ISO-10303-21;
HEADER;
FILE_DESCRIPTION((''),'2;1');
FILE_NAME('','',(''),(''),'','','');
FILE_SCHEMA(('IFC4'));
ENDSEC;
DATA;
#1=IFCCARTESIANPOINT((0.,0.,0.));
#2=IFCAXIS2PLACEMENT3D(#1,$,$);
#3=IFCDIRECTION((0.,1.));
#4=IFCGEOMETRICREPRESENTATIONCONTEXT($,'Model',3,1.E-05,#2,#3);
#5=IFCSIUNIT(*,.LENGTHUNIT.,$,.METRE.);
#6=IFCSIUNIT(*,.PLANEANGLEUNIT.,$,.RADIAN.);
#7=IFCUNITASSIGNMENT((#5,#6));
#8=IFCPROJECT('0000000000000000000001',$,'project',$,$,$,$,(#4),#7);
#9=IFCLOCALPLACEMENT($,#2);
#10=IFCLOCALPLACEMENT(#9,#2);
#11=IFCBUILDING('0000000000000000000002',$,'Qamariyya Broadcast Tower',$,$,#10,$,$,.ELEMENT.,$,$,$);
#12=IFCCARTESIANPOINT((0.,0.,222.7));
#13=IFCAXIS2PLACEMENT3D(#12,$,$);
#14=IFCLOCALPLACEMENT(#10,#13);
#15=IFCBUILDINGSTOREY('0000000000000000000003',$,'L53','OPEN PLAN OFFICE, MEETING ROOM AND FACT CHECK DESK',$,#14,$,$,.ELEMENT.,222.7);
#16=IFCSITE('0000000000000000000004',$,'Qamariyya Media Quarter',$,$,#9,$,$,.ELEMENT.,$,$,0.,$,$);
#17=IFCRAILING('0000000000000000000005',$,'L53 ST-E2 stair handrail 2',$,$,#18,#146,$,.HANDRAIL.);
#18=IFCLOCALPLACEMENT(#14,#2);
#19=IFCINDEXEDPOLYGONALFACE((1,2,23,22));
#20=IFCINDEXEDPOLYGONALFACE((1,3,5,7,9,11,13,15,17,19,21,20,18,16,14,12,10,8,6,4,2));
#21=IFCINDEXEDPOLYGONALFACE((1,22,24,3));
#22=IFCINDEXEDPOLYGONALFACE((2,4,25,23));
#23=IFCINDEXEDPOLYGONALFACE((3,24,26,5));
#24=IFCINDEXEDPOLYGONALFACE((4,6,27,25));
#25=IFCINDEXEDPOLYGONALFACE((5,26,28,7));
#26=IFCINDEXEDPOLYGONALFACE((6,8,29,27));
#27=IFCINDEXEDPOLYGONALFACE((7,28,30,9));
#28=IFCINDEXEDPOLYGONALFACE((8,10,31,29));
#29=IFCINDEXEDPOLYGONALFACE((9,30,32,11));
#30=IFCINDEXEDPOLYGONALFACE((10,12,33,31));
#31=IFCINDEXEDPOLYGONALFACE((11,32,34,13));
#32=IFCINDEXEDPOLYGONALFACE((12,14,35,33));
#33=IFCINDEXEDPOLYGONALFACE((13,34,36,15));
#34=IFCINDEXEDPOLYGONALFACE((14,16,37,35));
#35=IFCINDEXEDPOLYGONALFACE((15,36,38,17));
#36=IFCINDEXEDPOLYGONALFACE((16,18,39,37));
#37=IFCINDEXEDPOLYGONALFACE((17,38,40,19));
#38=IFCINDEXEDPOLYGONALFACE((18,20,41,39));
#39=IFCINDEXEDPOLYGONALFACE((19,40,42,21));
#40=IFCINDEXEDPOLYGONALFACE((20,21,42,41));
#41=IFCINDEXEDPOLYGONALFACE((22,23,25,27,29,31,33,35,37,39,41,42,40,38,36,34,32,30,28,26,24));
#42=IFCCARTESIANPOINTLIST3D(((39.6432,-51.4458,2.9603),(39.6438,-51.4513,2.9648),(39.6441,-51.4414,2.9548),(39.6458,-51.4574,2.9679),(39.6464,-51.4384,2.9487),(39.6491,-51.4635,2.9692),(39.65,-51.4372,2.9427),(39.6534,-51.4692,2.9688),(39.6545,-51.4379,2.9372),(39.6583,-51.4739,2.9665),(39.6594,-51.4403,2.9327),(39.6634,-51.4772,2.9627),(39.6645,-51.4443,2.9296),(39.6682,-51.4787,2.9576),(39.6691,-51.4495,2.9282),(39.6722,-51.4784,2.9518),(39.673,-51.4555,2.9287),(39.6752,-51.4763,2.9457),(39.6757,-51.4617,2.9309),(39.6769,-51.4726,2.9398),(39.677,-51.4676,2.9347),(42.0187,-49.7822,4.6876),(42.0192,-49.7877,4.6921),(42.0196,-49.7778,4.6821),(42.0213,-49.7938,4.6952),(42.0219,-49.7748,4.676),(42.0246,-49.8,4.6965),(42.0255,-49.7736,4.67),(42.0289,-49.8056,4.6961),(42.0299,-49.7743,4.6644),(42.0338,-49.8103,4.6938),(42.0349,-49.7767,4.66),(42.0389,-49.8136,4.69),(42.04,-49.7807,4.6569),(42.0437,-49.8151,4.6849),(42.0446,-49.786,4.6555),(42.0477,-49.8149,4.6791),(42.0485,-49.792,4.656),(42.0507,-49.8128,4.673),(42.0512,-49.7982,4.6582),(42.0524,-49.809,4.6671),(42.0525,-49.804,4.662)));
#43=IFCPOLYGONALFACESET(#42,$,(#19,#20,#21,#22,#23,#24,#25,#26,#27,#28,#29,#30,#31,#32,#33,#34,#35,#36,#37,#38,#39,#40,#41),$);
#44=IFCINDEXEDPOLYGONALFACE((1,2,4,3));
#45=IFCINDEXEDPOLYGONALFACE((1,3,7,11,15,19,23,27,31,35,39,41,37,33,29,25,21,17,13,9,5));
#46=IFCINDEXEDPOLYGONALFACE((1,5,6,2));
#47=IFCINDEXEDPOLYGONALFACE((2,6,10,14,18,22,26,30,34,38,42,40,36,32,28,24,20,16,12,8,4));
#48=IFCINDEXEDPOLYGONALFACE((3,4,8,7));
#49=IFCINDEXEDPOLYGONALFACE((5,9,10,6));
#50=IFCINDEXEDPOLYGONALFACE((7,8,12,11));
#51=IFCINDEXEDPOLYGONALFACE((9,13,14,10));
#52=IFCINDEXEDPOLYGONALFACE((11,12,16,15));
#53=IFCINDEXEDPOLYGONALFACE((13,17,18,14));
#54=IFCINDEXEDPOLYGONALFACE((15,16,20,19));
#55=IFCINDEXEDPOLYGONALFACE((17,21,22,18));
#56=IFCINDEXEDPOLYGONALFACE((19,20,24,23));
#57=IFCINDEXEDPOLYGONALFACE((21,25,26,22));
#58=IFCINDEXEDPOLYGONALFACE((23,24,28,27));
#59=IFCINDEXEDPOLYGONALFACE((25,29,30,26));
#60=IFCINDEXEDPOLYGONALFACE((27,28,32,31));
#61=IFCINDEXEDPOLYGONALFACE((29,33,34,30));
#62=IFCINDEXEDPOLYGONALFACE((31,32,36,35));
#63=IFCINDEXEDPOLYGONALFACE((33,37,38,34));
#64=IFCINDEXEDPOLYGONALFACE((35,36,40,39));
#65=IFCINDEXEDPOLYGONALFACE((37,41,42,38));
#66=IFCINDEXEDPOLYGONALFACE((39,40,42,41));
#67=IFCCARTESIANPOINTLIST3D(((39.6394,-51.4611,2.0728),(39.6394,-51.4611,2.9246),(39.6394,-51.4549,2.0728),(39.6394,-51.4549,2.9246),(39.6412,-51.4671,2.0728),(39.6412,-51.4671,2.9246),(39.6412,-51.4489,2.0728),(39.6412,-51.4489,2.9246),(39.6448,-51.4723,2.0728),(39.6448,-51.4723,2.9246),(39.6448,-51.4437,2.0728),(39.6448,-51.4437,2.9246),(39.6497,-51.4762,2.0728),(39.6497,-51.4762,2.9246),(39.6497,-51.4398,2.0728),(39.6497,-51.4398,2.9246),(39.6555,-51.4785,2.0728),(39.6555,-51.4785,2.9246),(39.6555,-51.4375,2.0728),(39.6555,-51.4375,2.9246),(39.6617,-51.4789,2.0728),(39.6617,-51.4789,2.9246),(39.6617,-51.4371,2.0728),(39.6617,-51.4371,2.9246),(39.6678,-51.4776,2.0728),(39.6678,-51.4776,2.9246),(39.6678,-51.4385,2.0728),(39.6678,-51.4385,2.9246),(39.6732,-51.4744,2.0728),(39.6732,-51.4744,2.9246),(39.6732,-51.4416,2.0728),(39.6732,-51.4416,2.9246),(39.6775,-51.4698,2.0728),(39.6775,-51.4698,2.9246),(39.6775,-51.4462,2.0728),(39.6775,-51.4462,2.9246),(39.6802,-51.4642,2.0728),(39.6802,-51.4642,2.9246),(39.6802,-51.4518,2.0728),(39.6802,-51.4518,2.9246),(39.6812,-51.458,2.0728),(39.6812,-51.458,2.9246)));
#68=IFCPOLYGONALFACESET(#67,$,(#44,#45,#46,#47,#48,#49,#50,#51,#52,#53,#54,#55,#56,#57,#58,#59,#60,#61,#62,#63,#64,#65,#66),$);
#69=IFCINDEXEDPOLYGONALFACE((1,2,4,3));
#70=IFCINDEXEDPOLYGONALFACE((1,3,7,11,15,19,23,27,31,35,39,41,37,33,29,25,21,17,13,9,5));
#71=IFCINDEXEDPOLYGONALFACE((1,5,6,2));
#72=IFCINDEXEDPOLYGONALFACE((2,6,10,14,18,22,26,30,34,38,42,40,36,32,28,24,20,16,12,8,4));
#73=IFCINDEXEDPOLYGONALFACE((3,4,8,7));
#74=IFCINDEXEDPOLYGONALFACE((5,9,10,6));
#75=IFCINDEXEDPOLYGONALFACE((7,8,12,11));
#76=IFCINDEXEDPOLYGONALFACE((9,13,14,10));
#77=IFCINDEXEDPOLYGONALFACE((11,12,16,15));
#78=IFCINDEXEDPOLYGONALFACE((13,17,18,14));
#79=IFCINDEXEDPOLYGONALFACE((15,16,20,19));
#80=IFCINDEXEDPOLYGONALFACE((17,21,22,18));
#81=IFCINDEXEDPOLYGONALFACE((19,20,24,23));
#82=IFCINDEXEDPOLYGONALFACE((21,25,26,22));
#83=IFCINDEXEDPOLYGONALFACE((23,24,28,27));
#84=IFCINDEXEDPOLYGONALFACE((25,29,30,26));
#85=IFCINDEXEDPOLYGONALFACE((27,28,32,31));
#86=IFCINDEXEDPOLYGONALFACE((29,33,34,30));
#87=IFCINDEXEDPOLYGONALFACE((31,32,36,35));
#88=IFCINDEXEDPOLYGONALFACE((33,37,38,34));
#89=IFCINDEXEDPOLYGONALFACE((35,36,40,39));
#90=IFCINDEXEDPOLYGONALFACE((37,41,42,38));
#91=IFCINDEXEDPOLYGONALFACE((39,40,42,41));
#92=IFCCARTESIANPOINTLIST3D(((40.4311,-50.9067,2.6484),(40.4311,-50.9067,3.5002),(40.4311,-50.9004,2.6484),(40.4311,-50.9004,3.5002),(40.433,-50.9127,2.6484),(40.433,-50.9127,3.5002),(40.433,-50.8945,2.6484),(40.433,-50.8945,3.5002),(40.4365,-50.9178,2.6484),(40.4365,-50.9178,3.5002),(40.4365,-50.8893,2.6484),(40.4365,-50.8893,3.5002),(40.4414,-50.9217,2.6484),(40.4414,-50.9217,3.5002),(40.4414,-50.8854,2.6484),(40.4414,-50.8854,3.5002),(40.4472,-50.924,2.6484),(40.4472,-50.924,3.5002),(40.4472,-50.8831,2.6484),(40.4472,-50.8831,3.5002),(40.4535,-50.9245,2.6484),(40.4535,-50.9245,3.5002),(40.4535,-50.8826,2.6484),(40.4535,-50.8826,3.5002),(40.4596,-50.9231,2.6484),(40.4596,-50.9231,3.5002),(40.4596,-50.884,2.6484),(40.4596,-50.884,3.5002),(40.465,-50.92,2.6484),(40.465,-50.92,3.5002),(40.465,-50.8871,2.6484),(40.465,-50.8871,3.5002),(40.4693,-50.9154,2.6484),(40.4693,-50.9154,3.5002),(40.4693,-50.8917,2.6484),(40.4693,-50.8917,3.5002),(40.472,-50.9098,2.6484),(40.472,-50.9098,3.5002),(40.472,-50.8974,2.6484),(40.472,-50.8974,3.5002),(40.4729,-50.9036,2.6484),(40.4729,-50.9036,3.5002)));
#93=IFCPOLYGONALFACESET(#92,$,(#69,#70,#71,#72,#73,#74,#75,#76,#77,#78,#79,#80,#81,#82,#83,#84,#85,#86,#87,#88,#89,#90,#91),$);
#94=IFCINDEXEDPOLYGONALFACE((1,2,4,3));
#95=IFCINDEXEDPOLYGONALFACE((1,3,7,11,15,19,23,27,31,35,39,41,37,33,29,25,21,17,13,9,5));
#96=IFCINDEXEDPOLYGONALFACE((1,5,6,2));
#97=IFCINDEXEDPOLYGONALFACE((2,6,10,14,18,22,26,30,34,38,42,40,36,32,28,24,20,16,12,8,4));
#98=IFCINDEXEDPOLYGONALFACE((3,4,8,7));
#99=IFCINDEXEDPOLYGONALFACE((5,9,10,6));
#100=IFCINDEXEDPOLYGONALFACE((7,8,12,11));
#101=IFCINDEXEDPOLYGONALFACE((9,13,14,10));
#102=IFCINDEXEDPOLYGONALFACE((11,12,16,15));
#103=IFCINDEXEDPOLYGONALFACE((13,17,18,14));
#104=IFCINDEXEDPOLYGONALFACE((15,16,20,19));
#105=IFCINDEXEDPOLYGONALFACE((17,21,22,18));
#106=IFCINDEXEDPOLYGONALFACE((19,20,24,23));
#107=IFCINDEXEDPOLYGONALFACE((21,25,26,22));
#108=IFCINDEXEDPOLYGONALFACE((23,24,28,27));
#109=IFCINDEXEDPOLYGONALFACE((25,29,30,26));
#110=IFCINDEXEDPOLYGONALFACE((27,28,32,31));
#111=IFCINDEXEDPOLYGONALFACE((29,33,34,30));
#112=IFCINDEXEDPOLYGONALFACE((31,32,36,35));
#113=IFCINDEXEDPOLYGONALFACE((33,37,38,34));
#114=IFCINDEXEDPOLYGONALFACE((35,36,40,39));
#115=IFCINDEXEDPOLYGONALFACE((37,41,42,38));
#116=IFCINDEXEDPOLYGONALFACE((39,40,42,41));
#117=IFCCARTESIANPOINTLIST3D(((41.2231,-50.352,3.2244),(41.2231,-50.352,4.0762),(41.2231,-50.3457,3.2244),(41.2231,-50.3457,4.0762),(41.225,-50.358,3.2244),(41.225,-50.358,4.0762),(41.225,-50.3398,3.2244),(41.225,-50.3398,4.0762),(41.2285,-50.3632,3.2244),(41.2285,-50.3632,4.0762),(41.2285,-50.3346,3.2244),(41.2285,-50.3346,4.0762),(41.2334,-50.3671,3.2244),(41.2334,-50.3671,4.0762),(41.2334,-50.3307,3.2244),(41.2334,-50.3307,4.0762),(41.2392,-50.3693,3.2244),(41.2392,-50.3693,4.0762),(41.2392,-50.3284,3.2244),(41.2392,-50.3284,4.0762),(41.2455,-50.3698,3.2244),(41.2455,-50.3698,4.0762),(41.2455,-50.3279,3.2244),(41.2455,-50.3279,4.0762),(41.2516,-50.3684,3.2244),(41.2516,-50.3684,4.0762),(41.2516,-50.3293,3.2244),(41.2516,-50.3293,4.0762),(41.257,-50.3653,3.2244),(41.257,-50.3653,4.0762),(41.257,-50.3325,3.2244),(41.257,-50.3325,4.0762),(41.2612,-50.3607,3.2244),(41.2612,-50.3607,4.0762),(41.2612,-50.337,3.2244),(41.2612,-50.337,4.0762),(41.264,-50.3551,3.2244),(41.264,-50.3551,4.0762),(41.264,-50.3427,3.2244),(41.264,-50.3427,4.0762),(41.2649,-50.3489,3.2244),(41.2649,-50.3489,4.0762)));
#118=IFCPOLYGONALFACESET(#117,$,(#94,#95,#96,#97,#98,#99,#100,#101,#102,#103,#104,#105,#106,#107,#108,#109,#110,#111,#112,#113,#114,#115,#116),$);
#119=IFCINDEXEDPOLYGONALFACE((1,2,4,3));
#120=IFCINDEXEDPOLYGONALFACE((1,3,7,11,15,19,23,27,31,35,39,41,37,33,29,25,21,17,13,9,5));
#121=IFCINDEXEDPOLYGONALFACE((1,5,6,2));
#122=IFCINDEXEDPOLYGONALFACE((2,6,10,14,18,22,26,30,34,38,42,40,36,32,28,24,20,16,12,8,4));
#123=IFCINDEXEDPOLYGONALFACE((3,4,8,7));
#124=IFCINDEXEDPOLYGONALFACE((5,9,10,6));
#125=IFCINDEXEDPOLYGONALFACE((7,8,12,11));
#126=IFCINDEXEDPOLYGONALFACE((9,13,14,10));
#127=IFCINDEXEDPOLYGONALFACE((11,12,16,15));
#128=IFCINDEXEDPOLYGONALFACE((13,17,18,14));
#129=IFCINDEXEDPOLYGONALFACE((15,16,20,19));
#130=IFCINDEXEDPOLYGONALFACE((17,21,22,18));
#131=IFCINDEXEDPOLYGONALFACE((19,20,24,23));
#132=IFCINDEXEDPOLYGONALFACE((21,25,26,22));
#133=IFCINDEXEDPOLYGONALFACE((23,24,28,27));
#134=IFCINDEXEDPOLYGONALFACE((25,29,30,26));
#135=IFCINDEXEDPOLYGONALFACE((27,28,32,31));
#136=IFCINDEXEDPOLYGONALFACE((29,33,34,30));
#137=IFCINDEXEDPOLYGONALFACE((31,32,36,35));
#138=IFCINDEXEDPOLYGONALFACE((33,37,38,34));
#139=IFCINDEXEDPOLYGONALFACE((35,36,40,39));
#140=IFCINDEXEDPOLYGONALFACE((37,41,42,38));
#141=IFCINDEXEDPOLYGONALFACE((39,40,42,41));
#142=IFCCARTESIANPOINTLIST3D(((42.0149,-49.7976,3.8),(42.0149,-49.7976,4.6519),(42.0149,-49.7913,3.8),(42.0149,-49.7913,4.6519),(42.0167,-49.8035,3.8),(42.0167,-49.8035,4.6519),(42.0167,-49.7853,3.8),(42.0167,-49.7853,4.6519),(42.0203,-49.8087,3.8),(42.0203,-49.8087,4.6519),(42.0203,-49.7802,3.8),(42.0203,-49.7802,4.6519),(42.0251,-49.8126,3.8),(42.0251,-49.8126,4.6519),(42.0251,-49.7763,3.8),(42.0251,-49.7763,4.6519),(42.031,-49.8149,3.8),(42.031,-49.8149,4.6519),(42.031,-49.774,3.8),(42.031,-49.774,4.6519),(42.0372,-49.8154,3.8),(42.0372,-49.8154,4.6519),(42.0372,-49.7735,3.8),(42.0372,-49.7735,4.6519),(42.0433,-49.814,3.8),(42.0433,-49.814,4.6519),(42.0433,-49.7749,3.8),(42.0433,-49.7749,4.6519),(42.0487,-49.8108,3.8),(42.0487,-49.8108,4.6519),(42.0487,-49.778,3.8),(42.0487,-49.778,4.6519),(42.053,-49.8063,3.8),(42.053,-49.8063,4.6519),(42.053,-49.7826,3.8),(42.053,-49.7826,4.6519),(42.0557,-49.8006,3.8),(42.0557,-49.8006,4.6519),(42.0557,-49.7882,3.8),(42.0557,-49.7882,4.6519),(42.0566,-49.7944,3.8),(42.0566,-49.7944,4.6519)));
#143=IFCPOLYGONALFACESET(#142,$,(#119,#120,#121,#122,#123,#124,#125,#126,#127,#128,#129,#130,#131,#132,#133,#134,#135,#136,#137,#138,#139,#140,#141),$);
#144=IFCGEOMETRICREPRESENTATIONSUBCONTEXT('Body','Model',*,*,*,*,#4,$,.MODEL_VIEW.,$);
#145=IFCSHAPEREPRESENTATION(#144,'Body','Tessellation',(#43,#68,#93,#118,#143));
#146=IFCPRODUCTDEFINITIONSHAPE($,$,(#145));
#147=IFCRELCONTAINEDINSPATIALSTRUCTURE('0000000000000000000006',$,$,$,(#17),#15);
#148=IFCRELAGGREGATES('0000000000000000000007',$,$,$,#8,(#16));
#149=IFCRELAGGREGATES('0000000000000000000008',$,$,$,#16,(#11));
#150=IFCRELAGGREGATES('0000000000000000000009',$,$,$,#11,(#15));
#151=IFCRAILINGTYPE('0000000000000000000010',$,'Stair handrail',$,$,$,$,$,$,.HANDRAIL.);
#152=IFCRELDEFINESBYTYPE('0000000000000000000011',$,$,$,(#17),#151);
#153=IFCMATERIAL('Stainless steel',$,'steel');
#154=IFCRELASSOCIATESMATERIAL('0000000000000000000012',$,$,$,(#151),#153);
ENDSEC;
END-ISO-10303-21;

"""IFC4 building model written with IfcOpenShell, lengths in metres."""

from ifc_helpers import new_model, si_unit, direction, frame, origin, origin_2d, place, context, subcontext, project, spatial, circle, extrude, material, type_object, element, save


model = new_model("IFC4")

# Units and contexts
model_context = context("Model", 3, precision=1e-05, world=origin(), true_north=direction((0.0, 1.0)))
body_context = subcontext(model_context, "Body", "Model", "MODEL_VIEW")
ifc_project = project(units=[si_unit("LENGTHUNIT", "METRE"), si_unit("PLANEANGLEUNIT", "RADIAN")], contexts=[model_context])

# Site, building, storey
site_placement = place(None, origin())
site = spatial("IfcSite", under=ifc_project, at=site_placement, Name="Qamariyya Media Quarter", CompositionType="ELEMENT", RefElevation=0.0)
building_placement = place(site_placement, origin())
building = spatial("IfcBuilding", under=site, at=building_placement, Name="Qamariyya Broadcast Tower", CompositionType="ELEMENT")
storey_placement = place(building_placement, frame((0.0, 0.0, 222.7)))
storey = spatial("IfcBuildingStorey", under=building, at=storey_placement, Name="L53", Description="OPEN PLAN OFFICE, MEETING ROOM AND FACT CHECK DESK", CompositionType="ELEMENT", Elevation=222.7)

# Railing
ifc_material_1 = material(Name="Stainless steel", Category="steel")
railing_type_1 = type_object("IfcRailingType", Name="Stair handrail", PredefinedType="HANDRAIL", material=ifc_material_1)
railing_1_placement = place(storey_placement, frame((39.6602, -51.458, 2.0728)))
element("IfcRailing", 1, at=railing_1_placement, inside=storey, type_object=railing_type_1, Name="L53 ST-E2 stair handrail 2", PredefinedType="HANDRAIL", context=body_context, shape_type="SweptSolid", body=[
    extrude(circle(Radius=0.0239, at=origin_2d()), frame((0.0, 0.0, 0.876), z_axis=(0.703745, 0.492838, 0.511716), x_axis=(-0.573632, 0.819113, 0.0)), (0.0, 0.0, 1.0), 3.3755),
    extrude(circle(Radius=0.021, at=origin_2d()), origin(), (0.0, 0.0, 1.0), 0.8518),
    extrude(circle(Radius=0.021, at=origin_2d()), frame((0.7917, 0.5544, 0.5757)), (0.0, 0.0, 1.0), 0.8518),
    extrude(circle(Radius=0.021, at=origin_2d()), frame((1.5837, 1.1091, 1.1516)), (0.0, 0.0, 1.0), 0.8518),
    extrude(circle(Radius=0.021, at=origin_2d()), frame((2.3755, 1.6636, 1.7273)), (0.0, 0.0, 1.0), 0.8518),
])

save(model, "model.ifc")
